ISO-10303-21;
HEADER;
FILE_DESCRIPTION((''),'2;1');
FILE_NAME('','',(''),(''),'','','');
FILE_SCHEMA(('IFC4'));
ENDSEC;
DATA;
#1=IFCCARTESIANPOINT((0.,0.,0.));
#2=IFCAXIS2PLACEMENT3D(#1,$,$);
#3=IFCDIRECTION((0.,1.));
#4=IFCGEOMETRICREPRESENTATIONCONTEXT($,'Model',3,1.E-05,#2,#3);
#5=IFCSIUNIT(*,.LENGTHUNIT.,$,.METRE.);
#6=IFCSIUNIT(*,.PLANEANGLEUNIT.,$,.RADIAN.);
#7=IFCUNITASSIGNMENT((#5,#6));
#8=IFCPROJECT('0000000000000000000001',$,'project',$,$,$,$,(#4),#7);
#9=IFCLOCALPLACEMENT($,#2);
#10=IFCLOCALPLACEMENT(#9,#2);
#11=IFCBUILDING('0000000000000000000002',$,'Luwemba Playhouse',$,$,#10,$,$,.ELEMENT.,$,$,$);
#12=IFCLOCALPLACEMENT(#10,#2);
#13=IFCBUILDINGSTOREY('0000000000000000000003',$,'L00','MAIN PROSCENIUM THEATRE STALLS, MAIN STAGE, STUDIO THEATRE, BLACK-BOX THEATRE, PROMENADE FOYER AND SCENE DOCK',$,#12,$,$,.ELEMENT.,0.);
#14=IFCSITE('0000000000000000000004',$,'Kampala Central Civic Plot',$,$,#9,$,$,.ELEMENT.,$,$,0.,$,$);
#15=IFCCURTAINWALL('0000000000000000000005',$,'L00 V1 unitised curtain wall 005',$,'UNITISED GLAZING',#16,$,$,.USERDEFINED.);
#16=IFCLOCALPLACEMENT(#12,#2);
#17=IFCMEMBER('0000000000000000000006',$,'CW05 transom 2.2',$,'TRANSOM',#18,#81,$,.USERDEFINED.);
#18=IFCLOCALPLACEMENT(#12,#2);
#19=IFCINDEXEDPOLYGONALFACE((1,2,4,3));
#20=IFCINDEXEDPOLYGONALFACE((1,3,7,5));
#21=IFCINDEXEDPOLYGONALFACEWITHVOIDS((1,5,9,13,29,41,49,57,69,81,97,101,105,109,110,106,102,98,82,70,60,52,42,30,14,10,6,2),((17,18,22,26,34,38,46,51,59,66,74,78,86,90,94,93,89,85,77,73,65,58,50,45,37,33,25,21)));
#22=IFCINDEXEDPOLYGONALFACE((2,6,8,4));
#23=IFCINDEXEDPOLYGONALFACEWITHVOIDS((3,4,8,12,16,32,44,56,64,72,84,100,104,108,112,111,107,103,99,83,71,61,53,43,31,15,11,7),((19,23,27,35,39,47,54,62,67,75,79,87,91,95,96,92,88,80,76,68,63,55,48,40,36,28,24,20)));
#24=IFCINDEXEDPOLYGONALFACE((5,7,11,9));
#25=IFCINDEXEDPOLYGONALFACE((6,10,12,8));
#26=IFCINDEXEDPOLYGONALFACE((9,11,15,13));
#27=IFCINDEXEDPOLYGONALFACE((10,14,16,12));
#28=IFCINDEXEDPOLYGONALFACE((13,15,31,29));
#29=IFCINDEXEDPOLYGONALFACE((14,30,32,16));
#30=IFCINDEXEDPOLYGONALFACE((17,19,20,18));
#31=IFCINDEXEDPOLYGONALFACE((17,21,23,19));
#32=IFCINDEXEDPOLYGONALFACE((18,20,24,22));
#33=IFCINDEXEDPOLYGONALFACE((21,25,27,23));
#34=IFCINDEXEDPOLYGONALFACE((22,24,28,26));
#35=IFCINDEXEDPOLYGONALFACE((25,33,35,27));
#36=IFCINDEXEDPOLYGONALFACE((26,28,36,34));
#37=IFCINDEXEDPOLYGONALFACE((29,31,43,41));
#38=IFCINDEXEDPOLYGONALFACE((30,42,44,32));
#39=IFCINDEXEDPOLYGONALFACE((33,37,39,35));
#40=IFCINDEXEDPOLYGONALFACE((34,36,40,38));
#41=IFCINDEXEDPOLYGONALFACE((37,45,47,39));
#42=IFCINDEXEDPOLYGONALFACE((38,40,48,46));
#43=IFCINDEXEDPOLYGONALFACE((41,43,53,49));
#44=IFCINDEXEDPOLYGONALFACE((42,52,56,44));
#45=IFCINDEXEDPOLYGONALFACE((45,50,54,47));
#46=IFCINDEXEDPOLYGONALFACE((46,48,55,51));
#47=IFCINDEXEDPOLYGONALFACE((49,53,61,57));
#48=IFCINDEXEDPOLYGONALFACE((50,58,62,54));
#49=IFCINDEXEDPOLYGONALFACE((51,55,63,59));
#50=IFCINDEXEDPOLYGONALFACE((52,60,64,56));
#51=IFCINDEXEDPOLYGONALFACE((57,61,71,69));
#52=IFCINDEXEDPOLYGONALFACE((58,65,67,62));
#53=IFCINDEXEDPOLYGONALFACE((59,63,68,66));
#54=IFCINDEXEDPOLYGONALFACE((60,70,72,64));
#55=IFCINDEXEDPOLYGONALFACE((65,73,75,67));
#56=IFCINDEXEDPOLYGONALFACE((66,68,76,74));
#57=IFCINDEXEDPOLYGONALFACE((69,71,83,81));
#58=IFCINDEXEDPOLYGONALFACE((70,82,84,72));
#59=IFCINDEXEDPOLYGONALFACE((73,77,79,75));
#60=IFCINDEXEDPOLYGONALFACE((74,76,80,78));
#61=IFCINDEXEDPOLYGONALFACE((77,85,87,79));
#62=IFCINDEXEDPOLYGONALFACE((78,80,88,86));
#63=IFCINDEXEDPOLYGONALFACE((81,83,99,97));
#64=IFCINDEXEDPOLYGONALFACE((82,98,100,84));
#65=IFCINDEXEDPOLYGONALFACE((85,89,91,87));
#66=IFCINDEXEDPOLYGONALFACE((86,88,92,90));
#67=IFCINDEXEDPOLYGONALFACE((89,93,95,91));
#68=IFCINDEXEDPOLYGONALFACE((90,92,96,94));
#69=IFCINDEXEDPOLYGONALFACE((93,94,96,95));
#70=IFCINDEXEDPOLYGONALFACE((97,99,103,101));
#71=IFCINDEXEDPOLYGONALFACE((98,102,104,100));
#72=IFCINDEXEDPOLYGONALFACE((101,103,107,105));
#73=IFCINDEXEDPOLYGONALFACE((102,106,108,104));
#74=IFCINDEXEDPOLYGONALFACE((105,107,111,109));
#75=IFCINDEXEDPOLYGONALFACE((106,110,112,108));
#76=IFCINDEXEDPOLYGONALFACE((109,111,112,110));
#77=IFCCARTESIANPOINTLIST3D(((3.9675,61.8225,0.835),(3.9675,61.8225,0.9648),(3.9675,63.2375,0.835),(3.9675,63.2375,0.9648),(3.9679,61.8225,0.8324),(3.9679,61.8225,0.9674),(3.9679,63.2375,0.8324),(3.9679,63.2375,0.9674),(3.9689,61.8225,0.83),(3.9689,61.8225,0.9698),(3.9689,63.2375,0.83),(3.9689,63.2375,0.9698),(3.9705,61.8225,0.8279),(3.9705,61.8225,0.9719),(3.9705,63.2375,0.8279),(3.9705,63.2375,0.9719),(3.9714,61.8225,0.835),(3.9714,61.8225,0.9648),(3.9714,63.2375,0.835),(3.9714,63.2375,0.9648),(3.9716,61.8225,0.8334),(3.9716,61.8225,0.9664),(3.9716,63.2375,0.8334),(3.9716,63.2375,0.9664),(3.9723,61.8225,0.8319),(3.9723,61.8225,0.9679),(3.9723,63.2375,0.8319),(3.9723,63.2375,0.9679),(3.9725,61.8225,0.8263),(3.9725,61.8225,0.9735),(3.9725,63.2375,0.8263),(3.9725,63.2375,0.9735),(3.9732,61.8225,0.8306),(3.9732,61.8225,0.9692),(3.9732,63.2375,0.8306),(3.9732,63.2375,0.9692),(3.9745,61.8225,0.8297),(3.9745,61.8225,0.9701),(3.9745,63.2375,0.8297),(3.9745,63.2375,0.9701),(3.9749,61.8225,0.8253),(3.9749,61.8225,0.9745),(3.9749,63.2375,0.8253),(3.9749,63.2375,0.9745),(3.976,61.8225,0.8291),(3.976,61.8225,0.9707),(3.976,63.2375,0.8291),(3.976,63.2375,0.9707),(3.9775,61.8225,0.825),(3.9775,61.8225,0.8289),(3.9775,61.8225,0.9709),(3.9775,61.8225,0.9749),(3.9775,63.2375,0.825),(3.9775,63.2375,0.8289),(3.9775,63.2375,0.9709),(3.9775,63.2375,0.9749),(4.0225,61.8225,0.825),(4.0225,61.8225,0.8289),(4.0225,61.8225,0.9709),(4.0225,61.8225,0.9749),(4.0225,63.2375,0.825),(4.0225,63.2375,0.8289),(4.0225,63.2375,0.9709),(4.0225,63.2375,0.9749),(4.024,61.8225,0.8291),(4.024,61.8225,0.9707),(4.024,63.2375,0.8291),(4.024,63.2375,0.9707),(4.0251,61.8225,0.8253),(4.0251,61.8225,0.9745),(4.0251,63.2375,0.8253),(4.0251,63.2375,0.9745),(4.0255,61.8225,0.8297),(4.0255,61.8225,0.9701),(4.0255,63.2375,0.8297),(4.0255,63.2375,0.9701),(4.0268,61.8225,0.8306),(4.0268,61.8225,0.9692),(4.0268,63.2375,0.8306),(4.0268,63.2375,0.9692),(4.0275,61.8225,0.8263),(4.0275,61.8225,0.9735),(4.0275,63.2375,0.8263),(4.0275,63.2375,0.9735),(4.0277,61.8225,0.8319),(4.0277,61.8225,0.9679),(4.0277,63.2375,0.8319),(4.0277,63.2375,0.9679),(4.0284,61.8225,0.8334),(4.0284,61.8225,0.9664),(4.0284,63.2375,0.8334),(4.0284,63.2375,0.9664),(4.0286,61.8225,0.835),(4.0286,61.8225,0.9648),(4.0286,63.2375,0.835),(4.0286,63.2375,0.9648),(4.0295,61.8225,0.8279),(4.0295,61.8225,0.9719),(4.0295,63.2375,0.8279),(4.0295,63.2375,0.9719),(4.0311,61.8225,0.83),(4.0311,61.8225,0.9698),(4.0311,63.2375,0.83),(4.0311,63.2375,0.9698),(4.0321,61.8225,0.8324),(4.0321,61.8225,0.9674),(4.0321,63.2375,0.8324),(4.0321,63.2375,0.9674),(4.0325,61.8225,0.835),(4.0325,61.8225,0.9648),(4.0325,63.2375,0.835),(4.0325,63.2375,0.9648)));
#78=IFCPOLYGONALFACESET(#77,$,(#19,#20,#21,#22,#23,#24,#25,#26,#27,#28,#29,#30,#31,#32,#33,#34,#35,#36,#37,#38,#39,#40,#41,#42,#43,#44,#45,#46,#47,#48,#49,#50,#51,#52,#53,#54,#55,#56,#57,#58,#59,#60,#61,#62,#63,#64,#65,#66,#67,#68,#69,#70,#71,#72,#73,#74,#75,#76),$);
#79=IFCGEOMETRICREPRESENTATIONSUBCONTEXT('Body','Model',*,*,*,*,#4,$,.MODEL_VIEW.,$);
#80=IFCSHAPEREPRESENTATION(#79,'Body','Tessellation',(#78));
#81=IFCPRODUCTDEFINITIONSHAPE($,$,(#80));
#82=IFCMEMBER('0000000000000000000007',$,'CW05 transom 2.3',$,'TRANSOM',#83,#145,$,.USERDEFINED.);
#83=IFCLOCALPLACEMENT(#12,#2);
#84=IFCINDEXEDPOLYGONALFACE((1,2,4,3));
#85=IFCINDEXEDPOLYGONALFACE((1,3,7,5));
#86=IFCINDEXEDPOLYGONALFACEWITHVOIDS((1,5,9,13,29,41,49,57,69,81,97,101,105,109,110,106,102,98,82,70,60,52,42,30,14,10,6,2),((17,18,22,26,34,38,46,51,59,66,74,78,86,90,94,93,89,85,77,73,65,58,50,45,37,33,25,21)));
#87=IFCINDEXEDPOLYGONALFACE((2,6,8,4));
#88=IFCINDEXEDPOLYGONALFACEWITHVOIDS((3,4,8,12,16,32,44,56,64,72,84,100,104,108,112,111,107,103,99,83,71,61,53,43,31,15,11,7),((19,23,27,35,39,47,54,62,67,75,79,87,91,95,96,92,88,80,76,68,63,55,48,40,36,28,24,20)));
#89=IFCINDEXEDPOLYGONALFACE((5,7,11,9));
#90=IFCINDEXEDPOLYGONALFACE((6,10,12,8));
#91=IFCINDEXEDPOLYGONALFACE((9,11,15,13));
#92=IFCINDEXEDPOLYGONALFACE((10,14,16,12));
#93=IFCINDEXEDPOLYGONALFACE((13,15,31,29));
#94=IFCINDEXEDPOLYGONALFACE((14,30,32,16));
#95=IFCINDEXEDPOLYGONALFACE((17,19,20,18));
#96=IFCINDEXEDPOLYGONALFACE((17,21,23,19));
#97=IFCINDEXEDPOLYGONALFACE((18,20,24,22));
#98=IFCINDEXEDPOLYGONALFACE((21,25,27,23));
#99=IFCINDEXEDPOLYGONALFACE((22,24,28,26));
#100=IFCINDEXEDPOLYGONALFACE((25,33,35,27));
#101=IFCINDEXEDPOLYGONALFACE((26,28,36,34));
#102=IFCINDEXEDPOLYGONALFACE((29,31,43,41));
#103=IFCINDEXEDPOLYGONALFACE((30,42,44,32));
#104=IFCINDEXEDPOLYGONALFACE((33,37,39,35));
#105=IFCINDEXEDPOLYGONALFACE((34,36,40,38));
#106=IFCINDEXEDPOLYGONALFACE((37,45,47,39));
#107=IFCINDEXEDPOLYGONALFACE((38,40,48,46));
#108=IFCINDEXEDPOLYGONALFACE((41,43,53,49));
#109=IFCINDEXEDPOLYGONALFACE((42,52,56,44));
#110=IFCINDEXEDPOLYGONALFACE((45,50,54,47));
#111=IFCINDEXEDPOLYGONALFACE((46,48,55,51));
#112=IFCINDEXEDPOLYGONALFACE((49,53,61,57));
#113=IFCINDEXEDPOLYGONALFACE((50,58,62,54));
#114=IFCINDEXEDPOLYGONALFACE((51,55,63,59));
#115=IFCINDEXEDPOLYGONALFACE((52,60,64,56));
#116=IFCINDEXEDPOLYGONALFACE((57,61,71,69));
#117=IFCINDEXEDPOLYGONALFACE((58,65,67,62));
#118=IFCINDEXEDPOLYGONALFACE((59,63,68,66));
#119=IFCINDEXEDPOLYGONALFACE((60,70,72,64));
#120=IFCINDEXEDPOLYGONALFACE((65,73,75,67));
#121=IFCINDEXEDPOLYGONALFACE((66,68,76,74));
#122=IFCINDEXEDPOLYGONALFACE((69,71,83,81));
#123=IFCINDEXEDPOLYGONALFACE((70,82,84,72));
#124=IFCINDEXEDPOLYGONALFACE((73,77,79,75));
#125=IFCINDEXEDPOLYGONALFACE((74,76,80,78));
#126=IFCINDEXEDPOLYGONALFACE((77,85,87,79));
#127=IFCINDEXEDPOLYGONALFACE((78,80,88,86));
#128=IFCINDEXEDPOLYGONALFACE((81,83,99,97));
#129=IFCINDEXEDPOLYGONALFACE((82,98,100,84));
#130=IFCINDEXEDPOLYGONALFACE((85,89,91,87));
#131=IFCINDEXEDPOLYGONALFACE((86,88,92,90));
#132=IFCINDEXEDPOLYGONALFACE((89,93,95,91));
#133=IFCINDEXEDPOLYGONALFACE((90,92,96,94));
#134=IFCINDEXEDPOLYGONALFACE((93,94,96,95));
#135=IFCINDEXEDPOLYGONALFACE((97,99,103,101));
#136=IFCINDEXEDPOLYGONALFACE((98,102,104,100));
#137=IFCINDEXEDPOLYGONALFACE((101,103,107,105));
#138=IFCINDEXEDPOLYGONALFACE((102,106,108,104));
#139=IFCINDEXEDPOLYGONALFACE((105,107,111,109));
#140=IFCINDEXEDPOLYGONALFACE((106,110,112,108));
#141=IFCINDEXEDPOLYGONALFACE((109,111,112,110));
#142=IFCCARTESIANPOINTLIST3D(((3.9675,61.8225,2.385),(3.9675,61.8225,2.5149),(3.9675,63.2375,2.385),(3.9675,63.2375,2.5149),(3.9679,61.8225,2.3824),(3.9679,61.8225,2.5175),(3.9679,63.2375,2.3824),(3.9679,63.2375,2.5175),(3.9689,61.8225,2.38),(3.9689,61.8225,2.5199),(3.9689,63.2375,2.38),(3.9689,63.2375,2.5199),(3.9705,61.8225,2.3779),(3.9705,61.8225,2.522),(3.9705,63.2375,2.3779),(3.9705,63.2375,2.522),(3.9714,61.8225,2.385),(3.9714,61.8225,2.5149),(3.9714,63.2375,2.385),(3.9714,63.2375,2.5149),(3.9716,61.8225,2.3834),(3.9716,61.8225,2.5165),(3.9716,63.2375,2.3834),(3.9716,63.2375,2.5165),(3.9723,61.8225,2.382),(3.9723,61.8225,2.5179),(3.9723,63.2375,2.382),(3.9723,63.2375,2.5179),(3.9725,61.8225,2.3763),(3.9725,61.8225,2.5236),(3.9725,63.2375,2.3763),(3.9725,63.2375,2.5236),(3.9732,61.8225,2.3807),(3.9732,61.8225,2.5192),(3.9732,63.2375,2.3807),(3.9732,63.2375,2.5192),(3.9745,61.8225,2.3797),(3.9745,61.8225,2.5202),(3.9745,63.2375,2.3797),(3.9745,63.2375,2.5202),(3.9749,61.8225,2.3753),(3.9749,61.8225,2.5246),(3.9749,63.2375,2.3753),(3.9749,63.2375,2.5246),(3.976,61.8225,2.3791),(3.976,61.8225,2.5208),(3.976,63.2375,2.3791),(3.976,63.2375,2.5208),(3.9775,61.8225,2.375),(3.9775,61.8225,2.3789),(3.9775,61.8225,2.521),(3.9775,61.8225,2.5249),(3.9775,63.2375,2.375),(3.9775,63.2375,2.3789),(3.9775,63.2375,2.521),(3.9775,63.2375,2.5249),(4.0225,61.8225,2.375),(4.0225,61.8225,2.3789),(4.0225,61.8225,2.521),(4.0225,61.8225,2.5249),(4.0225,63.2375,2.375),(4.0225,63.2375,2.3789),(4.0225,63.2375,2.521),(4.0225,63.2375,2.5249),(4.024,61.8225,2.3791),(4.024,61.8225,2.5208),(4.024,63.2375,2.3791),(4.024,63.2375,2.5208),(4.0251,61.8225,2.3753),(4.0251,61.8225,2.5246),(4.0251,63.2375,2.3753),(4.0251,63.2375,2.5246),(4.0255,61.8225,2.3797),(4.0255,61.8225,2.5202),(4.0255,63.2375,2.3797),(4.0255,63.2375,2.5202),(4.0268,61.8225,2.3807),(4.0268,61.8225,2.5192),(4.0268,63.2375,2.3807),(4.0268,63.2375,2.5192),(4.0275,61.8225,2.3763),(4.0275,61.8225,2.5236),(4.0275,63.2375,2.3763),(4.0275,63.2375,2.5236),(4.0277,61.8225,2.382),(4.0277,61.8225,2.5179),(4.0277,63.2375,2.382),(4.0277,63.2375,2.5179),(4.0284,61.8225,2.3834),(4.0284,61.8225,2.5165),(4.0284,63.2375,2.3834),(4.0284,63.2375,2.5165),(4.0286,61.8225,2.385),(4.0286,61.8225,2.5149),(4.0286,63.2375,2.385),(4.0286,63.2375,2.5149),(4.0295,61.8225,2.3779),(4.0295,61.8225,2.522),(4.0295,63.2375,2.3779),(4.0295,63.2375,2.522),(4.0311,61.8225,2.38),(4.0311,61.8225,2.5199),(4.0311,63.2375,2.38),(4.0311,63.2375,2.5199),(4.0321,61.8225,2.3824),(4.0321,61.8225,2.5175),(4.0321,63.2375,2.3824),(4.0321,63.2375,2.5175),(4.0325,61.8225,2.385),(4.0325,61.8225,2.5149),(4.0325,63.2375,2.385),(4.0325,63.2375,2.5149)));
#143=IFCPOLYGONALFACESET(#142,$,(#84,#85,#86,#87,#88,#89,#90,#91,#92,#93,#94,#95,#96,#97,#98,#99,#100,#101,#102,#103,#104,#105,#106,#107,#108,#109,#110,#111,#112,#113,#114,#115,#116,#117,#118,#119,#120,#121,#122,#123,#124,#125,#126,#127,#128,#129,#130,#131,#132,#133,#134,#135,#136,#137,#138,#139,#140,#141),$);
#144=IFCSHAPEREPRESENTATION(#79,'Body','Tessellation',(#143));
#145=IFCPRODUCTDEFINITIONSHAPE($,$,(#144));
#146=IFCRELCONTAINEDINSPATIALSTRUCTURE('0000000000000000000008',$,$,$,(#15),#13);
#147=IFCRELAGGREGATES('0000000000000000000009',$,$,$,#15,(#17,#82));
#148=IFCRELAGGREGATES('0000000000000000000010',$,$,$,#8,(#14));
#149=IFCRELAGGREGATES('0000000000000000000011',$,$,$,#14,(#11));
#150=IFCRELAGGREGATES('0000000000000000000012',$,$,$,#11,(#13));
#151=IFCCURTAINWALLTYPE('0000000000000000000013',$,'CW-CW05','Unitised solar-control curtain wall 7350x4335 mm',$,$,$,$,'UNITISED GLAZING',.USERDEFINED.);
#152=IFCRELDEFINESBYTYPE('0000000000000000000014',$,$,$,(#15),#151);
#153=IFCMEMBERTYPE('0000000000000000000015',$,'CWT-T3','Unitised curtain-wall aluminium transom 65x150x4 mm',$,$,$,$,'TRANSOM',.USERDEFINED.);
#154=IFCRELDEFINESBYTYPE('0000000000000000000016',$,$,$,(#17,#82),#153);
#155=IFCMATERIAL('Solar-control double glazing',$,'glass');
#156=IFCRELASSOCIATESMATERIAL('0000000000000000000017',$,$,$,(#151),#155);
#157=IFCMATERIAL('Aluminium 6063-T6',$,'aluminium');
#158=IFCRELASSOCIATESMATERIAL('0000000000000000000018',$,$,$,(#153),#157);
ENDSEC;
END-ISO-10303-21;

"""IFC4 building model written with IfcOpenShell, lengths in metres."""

from ifc_helpers import new_model, si_unit, direction, frame, origin, origin_2d, place, context, subcontext, project, spatial, hollow_rectangle, extrude, material, material_profile, profile_set, type_object, element, aggregate, save


model = new_model("IFC4")

# Units and contexts
model_context = context("Model", 3, precision=1e-05, world=origin(), true_north=direction((0.0, 1.0)))
body_context = subcontext(model_context, "Body", "Model", "MODEL_VIEW")
ifc_project = project(units=[si_unit("LENGTHUNIT", "METRE"), si_unit("PLANEANGLEUNIT", "RADIAN")], contexts=[model_context])

# Site, building, storey
site_placement = place(None, origin())
site = spatial("IfcSite", under=ifc_project, at=site_placement, Name="Kampala Central Civic Plot", CompositionType="ELEMENT", RefElevation=0.0)
building_placement = place(site_placement, origin())
building = spatial("IfcBuilding", under=site, at=building_placement, Name="Luwemba Playhouse", CompositionType="ELEMENT")
storey_placement = place(building_placement, origin())
storey = spatial("IfcBuildingStorey", under=building, at=storey_placement, Name="L00", Description="MAIN PROSCENIUM THEATRE STALLS, MAIN STAGE, STUDIO THEATRE, BLACK-BOX THEATRE, PROMENADE FOYER AND SCENE DOCK", CompositionType="ELEMENT", Elevation=0.0)

# Curtain wall, members
ifc_material_1 = material(Name="Solar-control double glazing", Category="glass")
curtain_wall_type = type_object("IfcCurtainWallType", Name="CW-CW05", Description="Unitised solar-control curtain wall 7350x4335 mm", ElementType="UNITISED GLAZING", PredefinedType="USERDEFINED", material=ifc_material_1)
curtain_wall_placement = place(storey_placement, origin())
curtain_wall = element("IfcCurtainWall", 1, at=curtain_wall_placement, inside=storey, type_object=curtain_wall_type, Name="L00 V1 unitised curtain wall 005", ObjectType="UNITISED GLAZING", PredefinedType="USERDEFINED")
ifc_material_2 = material(Name="Aluminium 6063-T6", Category="aluminium")
ifc_material_profile_1 = material_profile(ifc_material_2, hollow_rectangle(XDim=0.0649, YDim=0.1499, WallThickness=0.0039, InnerFilletRadius=0.0061, OuterFilletRadius=0.01, at=origin_2d()))
ifc_profile_set_1 = profile_set([ifc_material_profile_1], Name="Aluminium 6063-T6")
member_type_1 = type_object("IfcMemberType", Name="CWT-T3", Description="Unitised curtain-wall aluminium transom 65x150x4 mm", ElementType="TRANSOM", PredefinedType="USERDEFINED", material=ifc_profile_set_1)
member_1_placement = place(storey_placement, frame((4.0, 61.8225, 0.8999), z_axis=(0.0, 1.0, 0.0), x_axis=(-1.0, 0.0, 0.0)))
member_1 = element("IfcMember", 2, at=member_1_placement, type_object=member_type_1, Name="CW05 transom 2.2", ObjectType="TRANSOM", PredefinedType="USERDEFINED", context=body_context, shape_type="SweptSolid", body=[
    extrude(hollow_rectangle(XDim=0.0649, YDim=0.1499, WallThickness=0.0039, InnerFilletRadius=0.0061, OuterFilletRadius=0.01, at=origin_2d()), origin(), (0.0, 0.0, 1.0), 1.415),
])
member_2_placement = place(storey_placement, frame((4.0, 61.8225, 2.45), z_axis=(0.0, 1.0, 0.0), x_axis=(-1.0, 0.0, 0.0)))
member_2 = element("IfcMember", 3, at=member_2_placement, type_object=member_type_1, Name="CW05 transom 2.3", ObjectType="TRANSOM", PredefinedType="USERDEFINED", context=body_context, shape_type="SweptSolid", body=[
    extrude(hollow_rectangle(XDim=0.0649, YDim=0.1499, WallThickness=0.0039, InnerFilletRadius=0.0061, OuterFilletRadius=0.01, at=origin_2d()), origin(), (0.0, 0.0, 1.0), 1.415),
])
aggregate(curtain_wall, [member_1, member_2])

save(model, "model.ifc")
